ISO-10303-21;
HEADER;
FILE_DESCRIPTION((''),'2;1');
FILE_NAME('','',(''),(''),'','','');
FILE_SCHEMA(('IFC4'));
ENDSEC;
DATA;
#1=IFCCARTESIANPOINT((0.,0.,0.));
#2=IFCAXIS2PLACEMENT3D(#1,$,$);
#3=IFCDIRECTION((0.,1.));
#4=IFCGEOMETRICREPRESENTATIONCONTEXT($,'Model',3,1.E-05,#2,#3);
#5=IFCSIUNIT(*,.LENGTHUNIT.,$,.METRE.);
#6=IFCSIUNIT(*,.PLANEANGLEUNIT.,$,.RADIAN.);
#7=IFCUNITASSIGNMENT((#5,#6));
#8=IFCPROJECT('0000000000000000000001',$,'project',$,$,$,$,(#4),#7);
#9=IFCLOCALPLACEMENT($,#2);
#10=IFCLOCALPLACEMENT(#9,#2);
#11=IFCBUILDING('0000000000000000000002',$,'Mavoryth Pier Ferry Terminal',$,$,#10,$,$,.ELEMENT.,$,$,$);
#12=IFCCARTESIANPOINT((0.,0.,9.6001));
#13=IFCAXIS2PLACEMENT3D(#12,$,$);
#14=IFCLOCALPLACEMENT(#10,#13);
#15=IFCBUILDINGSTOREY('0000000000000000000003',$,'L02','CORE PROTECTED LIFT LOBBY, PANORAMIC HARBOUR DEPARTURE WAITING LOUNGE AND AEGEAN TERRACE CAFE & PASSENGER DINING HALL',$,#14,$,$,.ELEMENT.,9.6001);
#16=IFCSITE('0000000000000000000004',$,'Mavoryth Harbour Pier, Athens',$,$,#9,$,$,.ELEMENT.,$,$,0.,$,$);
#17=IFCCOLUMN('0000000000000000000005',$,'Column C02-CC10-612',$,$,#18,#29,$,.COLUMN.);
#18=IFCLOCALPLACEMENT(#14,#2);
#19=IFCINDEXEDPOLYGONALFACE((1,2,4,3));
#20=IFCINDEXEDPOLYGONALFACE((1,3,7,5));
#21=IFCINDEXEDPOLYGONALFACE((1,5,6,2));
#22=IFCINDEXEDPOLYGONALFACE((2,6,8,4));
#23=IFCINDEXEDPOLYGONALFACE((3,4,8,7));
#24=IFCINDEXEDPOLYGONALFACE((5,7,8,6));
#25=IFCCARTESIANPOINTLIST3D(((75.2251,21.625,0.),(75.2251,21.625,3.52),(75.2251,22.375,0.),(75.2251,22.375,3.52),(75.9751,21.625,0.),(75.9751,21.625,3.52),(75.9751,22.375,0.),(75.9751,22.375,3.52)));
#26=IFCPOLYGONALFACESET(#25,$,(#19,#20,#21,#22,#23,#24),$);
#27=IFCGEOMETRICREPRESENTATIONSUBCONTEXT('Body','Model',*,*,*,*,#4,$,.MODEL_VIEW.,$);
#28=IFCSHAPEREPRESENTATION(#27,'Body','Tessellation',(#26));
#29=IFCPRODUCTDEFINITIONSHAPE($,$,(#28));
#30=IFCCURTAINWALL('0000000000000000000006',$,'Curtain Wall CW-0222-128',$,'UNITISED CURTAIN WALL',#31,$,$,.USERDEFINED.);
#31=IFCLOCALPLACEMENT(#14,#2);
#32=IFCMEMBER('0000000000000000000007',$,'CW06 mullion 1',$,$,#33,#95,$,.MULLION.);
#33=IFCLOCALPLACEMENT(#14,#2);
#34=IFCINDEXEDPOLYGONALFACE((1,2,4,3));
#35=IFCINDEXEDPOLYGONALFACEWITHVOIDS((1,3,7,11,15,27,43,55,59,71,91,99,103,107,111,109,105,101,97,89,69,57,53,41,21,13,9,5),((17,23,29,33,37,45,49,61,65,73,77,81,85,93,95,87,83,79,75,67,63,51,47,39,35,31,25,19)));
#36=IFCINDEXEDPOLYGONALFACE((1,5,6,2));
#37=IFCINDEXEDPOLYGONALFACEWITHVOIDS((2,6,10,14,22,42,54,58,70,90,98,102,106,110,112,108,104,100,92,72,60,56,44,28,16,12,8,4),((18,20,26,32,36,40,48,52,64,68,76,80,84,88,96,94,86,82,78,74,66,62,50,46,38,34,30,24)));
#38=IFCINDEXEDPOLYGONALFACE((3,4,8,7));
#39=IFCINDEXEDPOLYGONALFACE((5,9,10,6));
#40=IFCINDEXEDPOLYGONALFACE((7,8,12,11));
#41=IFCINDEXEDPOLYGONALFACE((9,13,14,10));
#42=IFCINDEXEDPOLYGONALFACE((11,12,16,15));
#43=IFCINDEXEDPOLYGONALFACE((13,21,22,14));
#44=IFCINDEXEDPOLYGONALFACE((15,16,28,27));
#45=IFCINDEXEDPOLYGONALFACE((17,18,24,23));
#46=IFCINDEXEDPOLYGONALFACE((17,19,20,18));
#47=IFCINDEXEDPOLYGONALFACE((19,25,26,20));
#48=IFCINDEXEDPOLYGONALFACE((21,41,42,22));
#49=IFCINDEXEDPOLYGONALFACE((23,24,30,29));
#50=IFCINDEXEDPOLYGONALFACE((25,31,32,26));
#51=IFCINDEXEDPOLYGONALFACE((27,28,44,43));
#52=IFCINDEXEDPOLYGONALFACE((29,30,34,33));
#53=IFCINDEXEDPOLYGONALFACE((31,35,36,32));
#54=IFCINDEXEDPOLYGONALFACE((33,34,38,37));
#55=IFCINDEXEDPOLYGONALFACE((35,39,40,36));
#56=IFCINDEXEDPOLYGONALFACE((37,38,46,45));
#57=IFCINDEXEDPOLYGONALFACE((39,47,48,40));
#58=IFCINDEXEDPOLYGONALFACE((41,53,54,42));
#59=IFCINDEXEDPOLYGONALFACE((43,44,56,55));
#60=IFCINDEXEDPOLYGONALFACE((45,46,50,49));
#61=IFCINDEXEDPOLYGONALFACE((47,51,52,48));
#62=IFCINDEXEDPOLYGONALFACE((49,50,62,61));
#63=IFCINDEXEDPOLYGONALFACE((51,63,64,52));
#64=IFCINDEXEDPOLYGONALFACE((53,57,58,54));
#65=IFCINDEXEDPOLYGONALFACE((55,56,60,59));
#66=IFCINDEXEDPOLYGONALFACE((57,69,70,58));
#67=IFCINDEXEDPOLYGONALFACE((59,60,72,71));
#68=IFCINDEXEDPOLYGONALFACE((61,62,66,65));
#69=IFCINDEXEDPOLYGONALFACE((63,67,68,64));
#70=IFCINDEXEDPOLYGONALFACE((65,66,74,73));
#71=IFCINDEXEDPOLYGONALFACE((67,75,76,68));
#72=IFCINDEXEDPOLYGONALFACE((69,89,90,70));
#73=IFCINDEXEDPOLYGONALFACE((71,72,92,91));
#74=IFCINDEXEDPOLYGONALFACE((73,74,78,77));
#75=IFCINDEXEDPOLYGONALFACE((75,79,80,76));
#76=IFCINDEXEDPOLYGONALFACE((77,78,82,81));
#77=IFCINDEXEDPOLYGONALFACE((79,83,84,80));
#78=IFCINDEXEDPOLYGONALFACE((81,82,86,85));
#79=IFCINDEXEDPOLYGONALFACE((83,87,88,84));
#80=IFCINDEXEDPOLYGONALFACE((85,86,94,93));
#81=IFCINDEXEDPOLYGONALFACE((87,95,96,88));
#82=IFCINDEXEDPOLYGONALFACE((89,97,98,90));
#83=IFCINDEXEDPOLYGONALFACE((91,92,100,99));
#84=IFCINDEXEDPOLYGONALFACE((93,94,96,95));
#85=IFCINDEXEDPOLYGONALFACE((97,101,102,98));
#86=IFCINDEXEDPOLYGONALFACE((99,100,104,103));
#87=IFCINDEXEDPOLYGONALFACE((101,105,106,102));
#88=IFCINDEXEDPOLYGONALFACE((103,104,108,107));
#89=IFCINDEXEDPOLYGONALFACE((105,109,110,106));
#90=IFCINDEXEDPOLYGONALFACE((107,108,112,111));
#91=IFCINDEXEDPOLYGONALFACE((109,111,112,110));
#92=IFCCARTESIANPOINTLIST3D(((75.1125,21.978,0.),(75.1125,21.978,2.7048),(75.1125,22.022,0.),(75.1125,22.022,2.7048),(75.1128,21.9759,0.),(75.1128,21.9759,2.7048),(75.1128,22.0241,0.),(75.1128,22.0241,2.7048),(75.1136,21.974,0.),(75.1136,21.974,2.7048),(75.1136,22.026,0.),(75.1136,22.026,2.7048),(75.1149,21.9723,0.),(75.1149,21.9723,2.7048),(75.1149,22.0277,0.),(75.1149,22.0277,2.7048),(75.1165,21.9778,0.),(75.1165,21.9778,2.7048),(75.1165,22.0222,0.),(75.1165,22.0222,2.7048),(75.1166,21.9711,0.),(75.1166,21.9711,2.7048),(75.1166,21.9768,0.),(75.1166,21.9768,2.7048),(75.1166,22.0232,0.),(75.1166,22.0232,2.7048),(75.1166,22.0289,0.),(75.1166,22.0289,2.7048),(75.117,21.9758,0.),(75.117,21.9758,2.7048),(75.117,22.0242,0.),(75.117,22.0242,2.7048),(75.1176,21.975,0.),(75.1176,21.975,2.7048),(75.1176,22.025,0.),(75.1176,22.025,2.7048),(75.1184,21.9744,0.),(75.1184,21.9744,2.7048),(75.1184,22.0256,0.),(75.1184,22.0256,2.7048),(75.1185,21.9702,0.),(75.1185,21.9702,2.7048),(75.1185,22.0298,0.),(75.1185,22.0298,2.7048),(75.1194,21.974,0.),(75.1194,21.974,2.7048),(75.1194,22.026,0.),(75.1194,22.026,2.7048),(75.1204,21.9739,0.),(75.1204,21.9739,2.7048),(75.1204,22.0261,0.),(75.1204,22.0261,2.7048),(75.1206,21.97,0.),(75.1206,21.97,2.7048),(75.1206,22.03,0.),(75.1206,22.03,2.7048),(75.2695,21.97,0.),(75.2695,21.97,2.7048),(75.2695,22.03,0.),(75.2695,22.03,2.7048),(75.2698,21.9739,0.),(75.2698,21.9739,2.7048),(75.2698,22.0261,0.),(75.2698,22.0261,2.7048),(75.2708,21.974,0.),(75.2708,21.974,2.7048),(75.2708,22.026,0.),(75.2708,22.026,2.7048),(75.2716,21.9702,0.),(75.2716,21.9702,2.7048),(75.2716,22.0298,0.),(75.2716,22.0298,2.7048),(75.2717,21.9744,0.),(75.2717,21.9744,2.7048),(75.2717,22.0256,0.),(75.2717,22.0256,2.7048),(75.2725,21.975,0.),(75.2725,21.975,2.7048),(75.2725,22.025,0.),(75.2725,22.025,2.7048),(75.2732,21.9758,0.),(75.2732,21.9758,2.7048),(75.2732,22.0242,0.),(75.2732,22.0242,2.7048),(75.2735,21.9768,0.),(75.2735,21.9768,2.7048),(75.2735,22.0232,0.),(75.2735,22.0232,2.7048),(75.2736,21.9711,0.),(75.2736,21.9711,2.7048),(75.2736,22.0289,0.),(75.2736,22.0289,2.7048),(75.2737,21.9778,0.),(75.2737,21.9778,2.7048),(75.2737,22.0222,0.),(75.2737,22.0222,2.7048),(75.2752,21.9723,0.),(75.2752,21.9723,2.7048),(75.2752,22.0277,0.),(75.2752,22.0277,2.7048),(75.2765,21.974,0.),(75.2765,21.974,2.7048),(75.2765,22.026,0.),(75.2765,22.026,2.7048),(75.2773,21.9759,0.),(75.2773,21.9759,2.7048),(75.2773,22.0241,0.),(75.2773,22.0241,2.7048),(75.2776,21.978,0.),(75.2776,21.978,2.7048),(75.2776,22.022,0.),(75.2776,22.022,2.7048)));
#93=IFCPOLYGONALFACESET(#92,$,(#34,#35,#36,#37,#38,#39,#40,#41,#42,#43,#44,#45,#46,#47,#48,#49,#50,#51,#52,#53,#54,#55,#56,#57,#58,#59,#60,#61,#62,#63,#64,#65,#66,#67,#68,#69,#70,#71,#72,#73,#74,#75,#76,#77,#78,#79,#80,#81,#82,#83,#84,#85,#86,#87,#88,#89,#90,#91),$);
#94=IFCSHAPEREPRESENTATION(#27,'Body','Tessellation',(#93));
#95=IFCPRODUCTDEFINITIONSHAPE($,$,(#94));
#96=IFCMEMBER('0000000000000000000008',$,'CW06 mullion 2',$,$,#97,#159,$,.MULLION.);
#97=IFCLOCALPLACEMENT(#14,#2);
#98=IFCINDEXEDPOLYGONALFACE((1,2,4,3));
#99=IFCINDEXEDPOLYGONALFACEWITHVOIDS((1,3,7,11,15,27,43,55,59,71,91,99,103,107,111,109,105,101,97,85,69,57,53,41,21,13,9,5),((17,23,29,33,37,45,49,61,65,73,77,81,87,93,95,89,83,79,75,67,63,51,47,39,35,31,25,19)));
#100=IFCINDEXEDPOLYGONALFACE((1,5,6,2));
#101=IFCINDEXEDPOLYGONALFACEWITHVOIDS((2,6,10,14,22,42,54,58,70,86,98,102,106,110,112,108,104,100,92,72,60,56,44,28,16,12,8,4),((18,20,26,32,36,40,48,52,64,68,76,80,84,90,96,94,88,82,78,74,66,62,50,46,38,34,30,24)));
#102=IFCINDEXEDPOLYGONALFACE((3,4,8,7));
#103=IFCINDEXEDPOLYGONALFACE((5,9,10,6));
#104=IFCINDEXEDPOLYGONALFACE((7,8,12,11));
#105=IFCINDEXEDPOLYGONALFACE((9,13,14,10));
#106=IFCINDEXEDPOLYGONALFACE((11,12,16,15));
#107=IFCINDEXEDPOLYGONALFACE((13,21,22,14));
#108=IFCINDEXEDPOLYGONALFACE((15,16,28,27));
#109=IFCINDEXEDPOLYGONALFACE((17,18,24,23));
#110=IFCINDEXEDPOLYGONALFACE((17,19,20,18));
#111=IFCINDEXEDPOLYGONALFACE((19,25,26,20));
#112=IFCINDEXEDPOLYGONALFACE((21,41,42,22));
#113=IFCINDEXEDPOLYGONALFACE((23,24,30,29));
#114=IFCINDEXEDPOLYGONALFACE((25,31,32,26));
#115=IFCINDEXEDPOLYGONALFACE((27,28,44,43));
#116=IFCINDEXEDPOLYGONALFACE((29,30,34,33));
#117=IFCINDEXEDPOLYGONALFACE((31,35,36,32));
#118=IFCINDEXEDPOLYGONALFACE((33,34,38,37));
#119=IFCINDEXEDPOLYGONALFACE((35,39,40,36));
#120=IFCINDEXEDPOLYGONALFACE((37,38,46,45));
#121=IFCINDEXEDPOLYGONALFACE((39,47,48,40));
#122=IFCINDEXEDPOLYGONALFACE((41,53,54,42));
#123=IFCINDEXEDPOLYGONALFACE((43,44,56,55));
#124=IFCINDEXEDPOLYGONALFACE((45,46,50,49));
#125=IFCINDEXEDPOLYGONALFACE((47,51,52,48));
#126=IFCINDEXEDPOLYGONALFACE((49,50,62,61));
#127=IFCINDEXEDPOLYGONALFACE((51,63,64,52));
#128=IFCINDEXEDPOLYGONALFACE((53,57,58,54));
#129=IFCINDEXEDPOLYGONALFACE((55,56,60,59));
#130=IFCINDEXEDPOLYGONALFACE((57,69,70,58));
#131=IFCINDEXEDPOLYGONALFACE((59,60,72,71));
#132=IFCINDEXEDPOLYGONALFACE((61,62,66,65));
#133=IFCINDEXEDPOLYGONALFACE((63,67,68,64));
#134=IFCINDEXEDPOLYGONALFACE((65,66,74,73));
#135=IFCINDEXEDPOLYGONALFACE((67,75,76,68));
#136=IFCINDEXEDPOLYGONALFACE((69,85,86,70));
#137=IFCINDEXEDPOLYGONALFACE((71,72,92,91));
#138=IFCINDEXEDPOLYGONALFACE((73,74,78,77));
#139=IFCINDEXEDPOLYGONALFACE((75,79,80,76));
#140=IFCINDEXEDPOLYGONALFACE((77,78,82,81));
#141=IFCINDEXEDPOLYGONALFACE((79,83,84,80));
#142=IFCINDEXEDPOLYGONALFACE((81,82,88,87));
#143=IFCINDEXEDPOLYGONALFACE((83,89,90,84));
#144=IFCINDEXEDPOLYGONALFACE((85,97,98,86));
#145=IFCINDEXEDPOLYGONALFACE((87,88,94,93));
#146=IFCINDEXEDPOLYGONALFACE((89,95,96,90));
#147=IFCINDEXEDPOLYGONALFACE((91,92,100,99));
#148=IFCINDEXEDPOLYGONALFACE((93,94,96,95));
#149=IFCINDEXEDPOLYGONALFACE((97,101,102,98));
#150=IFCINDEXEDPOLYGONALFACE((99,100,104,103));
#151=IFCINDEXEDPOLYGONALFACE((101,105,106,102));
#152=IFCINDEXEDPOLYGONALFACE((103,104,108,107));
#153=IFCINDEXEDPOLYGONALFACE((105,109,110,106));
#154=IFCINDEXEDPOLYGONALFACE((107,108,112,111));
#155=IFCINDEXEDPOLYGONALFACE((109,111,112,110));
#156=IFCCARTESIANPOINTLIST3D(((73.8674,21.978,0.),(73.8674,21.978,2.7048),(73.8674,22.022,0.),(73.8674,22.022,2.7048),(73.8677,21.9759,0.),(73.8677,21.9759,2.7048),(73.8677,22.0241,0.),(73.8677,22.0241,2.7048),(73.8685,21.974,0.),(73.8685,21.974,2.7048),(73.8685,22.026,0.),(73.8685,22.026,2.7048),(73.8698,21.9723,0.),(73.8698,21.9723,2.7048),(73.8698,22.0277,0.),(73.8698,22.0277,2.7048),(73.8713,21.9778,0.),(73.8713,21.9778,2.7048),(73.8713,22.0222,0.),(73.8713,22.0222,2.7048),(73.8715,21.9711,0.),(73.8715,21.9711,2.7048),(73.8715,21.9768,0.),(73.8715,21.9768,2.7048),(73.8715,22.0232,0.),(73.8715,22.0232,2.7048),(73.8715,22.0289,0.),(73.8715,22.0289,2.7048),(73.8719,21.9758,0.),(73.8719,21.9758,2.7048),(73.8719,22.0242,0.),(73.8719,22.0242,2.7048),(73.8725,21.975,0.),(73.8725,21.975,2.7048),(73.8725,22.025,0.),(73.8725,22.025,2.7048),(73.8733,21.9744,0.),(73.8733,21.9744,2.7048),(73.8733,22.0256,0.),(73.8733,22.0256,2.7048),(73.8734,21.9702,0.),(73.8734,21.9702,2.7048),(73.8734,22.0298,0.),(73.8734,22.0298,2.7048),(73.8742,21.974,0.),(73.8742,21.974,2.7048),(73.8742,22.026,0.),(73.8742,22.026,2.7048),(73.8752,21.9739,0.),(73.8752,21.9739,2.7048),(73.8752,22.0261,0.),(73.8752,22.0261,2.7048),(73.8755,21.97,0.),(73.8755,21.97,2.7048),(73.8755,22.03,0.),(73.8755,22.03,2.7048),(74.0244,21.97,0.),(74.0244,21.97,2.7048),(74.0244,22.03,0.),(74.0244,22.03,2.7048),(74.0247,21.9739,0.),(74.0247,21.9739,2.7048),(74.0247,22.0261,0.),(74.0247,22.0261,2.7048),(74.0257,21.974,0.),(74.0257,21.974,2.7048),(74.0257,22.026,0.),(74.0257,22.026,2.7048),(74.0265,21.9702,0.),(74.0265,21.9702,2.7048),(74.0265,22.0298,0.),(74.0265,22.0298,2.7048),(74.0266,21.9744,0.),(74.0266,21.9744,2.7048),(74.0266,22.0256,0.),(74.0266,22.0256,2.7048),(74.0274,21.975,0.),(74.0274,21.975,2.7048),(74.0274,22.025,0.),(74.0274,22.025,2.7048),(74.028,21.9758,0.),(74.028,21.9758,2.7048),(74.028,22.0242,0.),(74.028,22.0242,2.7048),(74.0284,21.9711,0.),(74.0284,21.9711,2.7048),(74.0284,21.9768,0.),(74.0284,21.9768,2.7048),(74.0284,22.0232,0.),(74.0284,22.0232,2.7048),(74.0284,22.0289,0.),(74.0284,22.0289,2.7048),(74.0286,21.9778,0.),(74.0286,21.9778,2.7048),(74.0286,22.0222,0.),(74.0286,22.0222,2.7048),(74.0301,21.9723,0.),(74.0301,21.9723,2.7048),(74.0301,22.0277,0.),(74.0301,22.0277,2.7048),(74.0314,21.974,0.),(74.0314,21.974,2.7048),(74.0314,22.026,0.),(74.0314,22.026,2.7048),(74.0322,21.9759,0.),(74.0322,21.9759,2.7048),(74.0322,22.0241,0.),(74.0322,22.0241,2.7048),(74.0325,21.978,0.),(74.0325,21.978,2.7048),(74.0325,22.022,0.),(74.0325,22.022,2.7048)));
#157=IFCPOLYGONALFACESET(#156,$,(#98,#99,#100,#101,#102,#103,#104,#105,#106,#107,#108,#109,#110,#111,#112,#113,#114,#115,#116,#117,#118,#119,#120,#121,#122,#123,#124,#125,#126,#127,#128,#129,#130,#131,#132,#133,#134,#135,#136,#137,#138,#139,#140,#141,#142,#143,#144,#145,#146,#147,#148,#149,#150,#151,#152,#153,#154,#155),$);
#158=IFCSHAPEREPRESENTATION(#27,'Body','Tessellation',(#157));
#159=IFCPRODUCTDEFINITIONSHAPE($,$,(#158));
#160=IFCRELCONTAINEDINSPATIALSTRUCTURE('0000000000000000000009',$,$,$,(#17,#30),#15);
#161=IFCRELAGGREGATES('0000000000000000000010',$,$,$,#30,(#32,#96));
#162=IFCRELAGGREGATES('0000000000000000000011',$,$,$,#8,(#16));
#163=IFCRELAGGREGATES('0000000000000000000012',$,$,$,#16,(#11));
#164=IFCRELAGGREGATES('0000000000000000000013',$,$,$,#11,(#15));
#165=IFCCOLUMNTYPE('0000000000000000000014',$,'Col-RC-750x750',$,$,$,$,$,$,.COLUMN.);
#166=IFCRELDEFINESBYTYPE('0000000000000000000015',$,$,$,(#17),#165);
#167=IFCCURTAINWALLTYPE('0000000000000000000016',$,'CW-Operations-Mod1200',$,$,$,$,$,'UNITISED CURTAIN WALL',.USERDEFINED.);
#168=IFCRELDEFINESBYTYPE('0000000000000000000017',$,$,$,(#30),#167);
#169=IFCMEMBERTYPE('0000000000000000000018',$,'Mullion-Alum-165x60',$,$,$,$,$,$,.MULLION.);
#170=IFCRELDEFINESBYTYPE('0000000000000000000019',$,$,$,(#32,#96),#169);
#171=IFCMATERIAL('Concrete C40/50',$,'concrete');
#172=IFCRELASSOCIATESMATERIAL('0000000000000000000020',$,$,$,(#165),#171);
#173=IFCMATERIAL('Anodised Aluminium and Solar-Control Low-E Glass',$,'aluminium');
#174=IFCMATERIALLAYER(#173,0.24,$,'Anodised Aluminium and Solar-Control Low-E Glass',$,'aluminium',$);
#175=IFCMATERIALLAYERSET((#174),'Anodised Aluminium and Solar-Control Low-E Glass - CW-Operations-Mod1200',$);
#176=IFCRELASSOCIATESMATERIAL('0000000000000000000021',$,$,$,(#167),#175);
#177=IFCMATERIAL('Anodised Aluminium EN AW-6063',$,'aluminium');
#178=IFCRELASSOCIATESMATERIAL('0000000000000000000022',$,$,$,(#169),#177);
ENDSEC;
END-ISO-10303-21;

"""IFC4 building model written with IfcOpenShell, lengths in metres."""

from ifc_helpers import new_model, si_unit, direction, frame, origin, origin_2d, place, context, subcontext, project, spatial, rectangle, hollow_rectangle, extrude, material, layer, layer_set, material_profile, profile_set, type_object, element, aggregate, save


model = new_model("IFC4")

# Units and contexts
model_context = context("Model", 3, precision=1e-05, world=origin(), true_north=direction((0.0, 1.0)))
body_context = subcontext(model_context, "Body", "Model", "MODEL_VIEW")
ifc_project = project(units=[si_unit("LENGTHUNIT", "METRE"), si_unit("PLANEANGLEUNIT", "RADIAN")], contexts=[model_context])

# Site, building, storey
site_placement = place(None, origin())
site = spatial("IfcSite", under=ifc_project, at=site_placement, Name="Mavoryth Harbour Pier, Athens", CompositionType="ELEMENT", RefElevation=0.0)
building_placement = place(site_placement, origin())
building = spatial("IfcBuilding", under=site, at=building_placement, Name="Mavoryth Pier Ferry Terminal", CompositionType="ELEMENT")
storey_placement = place(building_placement, frame((0.0, 0.0, 9.6001)))
storey = spatial("IfcBuildingStorey", under=building, at=storey_placement, Name="L02", Description="CORE PROTECTED LIFT LOBBY, PANORAMIC HARBOUR DEPARTURE WAITING LOUNGE AND AEGEAN TERRACE CAFE & PASSENGER DINING HALL", CompositionType="ELEMENT", Elevation=9.6001)

# Column
ifc_material_1 = material(Name="Concrete C40/50", Category="concrete")
ifc_material_profile_1 = material_profile(ifc_material_1, rectangle(XDim=0.75, YDim=0.75, at=origin_2d()), Name="RC 750x750", Category="concrete")
ifc_profile_set_1 = profile_set([ifc_material_profile_1], Name="Concrete C40/50 - RC 750x750")
column_type = type_object("IfcColumnType", Name="Col-RC-750x750", PredefinedType="COLUMN", material=ifc_profile_set_1)
column_placement = place(storey_placement, frame((75.6001, 22.0, 0.0), z_axis=(0.0, 0.0, 1.0), x_axis=(1.0, 0.0, 0.0)))
element("IfcColumn", 1, at=column_placement, inside=storey, type_object=column_type, Name="Column C02-CC10-612", PredefinedType="COLUMN", context=body_context, shape_type="SweptSolid", body=[
    extrude(rectangle(XDim=0.75, YDim=0.75, at=origin_2d()), origin(), (0.0, 0.0, 1.0), 3.52),
])

# Curtain wall, members
ifc_material_2 = material(Name="Anodised Aluminium and Solar-Control Low-E Glass", Category="aluminium")
ifc_layer_1 = layer(ifc_material_2, 0.24, Name="Anodised Aluminium and Solar-Control Low-E Glass", Category="aluminium")
ifc_layer_set_1 = layer_set([ifc_layer_1], Name="Anodised Aluminium and Solar-Control Low-E Glass - CW-Operations-Mod1200")
curtain_wall_type = type_object("IfcCurtainWallType", Name="CW-Operations-Mod1200", ElementType="UNITISED CURTAIN WALL", PredefinedType="USERDEFINED", material=ifc_layer_set_1)
curtain_wall_1_placement = place(storey_placement, origin())
curtain_wall_1 = element("IfcCurtainWall", 2, at=curtain_wall_1_placement, inside=storey, type_object=curtain_wall_type, Name="Curtain Wall CW-0222-128", ObjectType="UNITISED CURTAIN WALL", PredefinedType="USERDEFINED")
ifc_material_3 = material(Name="Anodised Aluminium EN AW-6063", Category="aluminium")
ifc_material_profile_2 = material_profile(ifc_material_3, hollow_rectangle(XDim=0.0601, YDim=0.165, WallThickness=0.0039, InnerFilletRadius=0.0039, OuterFilletRadius=0.0081, at=origin_2d()), Name="AL-MULL 165x60x4", Category="aluminium")
ifc_profile_set_2 = profile_set([ifc_material_profile_2], Name="Anodised Aluminium EN AW-6063 - AL-MULL 165x60x4")
member_type_1 = type_object("IfcMemberType", Name="Mullion-Alum-165x60", PredefinedType="MULLION", material=ifc_profile_set_2)
member_1_placement = place(storey_placement, frame((75.1951, 22.0, 0.0), z_axis=(0.0, 0.0, 1.0), x_axis=(0.0, -1.0, 0.0)))
member_1 = element("IfcMember", 3, at=member_1_placement, type_object=member_type_1, Name="CW06 mullion 1", PredefinedType="MULLION", context=body_context, shape_type="SweptSolid", body=[
    extrude(hollow_rectangle(XDim=0.0601, YDim=0.165, WallThickness=0.0039, InnerFilletRadius=0.0039, OuterFilletRadius=0.0081, at=origin_2d()), origin(), (0.0, 0.0, 1.0), 2.7048),
])
member_2_placement = place(storey_placement, frame((73.95, 22.0, 0.0), z_axis=(0.0, 0.0, 1.0), x_axis=(0.0, -1.0, 0.0)))
member_2 = element("IfcMember", 4, at=member_2_placement, type_object=member_type_1, Name="CW06 mullion 2", PredefinedType="MULLION", context=body_context, shape_type="SweptSolid", body=[
    extrude(hollow_rectangle(XDim=0.0601, YDim=0.165, WallThickness=0.0039, InnerFilletRadius=0.0039, OuterFilletRadius=0.0081, at=origin_2d()), origin(), (0.0, 0.0, 1.0), 2.7048),
])

aggregate(curtain_wall_1, [member_1, member_2])

save(model, "model.ifc")
